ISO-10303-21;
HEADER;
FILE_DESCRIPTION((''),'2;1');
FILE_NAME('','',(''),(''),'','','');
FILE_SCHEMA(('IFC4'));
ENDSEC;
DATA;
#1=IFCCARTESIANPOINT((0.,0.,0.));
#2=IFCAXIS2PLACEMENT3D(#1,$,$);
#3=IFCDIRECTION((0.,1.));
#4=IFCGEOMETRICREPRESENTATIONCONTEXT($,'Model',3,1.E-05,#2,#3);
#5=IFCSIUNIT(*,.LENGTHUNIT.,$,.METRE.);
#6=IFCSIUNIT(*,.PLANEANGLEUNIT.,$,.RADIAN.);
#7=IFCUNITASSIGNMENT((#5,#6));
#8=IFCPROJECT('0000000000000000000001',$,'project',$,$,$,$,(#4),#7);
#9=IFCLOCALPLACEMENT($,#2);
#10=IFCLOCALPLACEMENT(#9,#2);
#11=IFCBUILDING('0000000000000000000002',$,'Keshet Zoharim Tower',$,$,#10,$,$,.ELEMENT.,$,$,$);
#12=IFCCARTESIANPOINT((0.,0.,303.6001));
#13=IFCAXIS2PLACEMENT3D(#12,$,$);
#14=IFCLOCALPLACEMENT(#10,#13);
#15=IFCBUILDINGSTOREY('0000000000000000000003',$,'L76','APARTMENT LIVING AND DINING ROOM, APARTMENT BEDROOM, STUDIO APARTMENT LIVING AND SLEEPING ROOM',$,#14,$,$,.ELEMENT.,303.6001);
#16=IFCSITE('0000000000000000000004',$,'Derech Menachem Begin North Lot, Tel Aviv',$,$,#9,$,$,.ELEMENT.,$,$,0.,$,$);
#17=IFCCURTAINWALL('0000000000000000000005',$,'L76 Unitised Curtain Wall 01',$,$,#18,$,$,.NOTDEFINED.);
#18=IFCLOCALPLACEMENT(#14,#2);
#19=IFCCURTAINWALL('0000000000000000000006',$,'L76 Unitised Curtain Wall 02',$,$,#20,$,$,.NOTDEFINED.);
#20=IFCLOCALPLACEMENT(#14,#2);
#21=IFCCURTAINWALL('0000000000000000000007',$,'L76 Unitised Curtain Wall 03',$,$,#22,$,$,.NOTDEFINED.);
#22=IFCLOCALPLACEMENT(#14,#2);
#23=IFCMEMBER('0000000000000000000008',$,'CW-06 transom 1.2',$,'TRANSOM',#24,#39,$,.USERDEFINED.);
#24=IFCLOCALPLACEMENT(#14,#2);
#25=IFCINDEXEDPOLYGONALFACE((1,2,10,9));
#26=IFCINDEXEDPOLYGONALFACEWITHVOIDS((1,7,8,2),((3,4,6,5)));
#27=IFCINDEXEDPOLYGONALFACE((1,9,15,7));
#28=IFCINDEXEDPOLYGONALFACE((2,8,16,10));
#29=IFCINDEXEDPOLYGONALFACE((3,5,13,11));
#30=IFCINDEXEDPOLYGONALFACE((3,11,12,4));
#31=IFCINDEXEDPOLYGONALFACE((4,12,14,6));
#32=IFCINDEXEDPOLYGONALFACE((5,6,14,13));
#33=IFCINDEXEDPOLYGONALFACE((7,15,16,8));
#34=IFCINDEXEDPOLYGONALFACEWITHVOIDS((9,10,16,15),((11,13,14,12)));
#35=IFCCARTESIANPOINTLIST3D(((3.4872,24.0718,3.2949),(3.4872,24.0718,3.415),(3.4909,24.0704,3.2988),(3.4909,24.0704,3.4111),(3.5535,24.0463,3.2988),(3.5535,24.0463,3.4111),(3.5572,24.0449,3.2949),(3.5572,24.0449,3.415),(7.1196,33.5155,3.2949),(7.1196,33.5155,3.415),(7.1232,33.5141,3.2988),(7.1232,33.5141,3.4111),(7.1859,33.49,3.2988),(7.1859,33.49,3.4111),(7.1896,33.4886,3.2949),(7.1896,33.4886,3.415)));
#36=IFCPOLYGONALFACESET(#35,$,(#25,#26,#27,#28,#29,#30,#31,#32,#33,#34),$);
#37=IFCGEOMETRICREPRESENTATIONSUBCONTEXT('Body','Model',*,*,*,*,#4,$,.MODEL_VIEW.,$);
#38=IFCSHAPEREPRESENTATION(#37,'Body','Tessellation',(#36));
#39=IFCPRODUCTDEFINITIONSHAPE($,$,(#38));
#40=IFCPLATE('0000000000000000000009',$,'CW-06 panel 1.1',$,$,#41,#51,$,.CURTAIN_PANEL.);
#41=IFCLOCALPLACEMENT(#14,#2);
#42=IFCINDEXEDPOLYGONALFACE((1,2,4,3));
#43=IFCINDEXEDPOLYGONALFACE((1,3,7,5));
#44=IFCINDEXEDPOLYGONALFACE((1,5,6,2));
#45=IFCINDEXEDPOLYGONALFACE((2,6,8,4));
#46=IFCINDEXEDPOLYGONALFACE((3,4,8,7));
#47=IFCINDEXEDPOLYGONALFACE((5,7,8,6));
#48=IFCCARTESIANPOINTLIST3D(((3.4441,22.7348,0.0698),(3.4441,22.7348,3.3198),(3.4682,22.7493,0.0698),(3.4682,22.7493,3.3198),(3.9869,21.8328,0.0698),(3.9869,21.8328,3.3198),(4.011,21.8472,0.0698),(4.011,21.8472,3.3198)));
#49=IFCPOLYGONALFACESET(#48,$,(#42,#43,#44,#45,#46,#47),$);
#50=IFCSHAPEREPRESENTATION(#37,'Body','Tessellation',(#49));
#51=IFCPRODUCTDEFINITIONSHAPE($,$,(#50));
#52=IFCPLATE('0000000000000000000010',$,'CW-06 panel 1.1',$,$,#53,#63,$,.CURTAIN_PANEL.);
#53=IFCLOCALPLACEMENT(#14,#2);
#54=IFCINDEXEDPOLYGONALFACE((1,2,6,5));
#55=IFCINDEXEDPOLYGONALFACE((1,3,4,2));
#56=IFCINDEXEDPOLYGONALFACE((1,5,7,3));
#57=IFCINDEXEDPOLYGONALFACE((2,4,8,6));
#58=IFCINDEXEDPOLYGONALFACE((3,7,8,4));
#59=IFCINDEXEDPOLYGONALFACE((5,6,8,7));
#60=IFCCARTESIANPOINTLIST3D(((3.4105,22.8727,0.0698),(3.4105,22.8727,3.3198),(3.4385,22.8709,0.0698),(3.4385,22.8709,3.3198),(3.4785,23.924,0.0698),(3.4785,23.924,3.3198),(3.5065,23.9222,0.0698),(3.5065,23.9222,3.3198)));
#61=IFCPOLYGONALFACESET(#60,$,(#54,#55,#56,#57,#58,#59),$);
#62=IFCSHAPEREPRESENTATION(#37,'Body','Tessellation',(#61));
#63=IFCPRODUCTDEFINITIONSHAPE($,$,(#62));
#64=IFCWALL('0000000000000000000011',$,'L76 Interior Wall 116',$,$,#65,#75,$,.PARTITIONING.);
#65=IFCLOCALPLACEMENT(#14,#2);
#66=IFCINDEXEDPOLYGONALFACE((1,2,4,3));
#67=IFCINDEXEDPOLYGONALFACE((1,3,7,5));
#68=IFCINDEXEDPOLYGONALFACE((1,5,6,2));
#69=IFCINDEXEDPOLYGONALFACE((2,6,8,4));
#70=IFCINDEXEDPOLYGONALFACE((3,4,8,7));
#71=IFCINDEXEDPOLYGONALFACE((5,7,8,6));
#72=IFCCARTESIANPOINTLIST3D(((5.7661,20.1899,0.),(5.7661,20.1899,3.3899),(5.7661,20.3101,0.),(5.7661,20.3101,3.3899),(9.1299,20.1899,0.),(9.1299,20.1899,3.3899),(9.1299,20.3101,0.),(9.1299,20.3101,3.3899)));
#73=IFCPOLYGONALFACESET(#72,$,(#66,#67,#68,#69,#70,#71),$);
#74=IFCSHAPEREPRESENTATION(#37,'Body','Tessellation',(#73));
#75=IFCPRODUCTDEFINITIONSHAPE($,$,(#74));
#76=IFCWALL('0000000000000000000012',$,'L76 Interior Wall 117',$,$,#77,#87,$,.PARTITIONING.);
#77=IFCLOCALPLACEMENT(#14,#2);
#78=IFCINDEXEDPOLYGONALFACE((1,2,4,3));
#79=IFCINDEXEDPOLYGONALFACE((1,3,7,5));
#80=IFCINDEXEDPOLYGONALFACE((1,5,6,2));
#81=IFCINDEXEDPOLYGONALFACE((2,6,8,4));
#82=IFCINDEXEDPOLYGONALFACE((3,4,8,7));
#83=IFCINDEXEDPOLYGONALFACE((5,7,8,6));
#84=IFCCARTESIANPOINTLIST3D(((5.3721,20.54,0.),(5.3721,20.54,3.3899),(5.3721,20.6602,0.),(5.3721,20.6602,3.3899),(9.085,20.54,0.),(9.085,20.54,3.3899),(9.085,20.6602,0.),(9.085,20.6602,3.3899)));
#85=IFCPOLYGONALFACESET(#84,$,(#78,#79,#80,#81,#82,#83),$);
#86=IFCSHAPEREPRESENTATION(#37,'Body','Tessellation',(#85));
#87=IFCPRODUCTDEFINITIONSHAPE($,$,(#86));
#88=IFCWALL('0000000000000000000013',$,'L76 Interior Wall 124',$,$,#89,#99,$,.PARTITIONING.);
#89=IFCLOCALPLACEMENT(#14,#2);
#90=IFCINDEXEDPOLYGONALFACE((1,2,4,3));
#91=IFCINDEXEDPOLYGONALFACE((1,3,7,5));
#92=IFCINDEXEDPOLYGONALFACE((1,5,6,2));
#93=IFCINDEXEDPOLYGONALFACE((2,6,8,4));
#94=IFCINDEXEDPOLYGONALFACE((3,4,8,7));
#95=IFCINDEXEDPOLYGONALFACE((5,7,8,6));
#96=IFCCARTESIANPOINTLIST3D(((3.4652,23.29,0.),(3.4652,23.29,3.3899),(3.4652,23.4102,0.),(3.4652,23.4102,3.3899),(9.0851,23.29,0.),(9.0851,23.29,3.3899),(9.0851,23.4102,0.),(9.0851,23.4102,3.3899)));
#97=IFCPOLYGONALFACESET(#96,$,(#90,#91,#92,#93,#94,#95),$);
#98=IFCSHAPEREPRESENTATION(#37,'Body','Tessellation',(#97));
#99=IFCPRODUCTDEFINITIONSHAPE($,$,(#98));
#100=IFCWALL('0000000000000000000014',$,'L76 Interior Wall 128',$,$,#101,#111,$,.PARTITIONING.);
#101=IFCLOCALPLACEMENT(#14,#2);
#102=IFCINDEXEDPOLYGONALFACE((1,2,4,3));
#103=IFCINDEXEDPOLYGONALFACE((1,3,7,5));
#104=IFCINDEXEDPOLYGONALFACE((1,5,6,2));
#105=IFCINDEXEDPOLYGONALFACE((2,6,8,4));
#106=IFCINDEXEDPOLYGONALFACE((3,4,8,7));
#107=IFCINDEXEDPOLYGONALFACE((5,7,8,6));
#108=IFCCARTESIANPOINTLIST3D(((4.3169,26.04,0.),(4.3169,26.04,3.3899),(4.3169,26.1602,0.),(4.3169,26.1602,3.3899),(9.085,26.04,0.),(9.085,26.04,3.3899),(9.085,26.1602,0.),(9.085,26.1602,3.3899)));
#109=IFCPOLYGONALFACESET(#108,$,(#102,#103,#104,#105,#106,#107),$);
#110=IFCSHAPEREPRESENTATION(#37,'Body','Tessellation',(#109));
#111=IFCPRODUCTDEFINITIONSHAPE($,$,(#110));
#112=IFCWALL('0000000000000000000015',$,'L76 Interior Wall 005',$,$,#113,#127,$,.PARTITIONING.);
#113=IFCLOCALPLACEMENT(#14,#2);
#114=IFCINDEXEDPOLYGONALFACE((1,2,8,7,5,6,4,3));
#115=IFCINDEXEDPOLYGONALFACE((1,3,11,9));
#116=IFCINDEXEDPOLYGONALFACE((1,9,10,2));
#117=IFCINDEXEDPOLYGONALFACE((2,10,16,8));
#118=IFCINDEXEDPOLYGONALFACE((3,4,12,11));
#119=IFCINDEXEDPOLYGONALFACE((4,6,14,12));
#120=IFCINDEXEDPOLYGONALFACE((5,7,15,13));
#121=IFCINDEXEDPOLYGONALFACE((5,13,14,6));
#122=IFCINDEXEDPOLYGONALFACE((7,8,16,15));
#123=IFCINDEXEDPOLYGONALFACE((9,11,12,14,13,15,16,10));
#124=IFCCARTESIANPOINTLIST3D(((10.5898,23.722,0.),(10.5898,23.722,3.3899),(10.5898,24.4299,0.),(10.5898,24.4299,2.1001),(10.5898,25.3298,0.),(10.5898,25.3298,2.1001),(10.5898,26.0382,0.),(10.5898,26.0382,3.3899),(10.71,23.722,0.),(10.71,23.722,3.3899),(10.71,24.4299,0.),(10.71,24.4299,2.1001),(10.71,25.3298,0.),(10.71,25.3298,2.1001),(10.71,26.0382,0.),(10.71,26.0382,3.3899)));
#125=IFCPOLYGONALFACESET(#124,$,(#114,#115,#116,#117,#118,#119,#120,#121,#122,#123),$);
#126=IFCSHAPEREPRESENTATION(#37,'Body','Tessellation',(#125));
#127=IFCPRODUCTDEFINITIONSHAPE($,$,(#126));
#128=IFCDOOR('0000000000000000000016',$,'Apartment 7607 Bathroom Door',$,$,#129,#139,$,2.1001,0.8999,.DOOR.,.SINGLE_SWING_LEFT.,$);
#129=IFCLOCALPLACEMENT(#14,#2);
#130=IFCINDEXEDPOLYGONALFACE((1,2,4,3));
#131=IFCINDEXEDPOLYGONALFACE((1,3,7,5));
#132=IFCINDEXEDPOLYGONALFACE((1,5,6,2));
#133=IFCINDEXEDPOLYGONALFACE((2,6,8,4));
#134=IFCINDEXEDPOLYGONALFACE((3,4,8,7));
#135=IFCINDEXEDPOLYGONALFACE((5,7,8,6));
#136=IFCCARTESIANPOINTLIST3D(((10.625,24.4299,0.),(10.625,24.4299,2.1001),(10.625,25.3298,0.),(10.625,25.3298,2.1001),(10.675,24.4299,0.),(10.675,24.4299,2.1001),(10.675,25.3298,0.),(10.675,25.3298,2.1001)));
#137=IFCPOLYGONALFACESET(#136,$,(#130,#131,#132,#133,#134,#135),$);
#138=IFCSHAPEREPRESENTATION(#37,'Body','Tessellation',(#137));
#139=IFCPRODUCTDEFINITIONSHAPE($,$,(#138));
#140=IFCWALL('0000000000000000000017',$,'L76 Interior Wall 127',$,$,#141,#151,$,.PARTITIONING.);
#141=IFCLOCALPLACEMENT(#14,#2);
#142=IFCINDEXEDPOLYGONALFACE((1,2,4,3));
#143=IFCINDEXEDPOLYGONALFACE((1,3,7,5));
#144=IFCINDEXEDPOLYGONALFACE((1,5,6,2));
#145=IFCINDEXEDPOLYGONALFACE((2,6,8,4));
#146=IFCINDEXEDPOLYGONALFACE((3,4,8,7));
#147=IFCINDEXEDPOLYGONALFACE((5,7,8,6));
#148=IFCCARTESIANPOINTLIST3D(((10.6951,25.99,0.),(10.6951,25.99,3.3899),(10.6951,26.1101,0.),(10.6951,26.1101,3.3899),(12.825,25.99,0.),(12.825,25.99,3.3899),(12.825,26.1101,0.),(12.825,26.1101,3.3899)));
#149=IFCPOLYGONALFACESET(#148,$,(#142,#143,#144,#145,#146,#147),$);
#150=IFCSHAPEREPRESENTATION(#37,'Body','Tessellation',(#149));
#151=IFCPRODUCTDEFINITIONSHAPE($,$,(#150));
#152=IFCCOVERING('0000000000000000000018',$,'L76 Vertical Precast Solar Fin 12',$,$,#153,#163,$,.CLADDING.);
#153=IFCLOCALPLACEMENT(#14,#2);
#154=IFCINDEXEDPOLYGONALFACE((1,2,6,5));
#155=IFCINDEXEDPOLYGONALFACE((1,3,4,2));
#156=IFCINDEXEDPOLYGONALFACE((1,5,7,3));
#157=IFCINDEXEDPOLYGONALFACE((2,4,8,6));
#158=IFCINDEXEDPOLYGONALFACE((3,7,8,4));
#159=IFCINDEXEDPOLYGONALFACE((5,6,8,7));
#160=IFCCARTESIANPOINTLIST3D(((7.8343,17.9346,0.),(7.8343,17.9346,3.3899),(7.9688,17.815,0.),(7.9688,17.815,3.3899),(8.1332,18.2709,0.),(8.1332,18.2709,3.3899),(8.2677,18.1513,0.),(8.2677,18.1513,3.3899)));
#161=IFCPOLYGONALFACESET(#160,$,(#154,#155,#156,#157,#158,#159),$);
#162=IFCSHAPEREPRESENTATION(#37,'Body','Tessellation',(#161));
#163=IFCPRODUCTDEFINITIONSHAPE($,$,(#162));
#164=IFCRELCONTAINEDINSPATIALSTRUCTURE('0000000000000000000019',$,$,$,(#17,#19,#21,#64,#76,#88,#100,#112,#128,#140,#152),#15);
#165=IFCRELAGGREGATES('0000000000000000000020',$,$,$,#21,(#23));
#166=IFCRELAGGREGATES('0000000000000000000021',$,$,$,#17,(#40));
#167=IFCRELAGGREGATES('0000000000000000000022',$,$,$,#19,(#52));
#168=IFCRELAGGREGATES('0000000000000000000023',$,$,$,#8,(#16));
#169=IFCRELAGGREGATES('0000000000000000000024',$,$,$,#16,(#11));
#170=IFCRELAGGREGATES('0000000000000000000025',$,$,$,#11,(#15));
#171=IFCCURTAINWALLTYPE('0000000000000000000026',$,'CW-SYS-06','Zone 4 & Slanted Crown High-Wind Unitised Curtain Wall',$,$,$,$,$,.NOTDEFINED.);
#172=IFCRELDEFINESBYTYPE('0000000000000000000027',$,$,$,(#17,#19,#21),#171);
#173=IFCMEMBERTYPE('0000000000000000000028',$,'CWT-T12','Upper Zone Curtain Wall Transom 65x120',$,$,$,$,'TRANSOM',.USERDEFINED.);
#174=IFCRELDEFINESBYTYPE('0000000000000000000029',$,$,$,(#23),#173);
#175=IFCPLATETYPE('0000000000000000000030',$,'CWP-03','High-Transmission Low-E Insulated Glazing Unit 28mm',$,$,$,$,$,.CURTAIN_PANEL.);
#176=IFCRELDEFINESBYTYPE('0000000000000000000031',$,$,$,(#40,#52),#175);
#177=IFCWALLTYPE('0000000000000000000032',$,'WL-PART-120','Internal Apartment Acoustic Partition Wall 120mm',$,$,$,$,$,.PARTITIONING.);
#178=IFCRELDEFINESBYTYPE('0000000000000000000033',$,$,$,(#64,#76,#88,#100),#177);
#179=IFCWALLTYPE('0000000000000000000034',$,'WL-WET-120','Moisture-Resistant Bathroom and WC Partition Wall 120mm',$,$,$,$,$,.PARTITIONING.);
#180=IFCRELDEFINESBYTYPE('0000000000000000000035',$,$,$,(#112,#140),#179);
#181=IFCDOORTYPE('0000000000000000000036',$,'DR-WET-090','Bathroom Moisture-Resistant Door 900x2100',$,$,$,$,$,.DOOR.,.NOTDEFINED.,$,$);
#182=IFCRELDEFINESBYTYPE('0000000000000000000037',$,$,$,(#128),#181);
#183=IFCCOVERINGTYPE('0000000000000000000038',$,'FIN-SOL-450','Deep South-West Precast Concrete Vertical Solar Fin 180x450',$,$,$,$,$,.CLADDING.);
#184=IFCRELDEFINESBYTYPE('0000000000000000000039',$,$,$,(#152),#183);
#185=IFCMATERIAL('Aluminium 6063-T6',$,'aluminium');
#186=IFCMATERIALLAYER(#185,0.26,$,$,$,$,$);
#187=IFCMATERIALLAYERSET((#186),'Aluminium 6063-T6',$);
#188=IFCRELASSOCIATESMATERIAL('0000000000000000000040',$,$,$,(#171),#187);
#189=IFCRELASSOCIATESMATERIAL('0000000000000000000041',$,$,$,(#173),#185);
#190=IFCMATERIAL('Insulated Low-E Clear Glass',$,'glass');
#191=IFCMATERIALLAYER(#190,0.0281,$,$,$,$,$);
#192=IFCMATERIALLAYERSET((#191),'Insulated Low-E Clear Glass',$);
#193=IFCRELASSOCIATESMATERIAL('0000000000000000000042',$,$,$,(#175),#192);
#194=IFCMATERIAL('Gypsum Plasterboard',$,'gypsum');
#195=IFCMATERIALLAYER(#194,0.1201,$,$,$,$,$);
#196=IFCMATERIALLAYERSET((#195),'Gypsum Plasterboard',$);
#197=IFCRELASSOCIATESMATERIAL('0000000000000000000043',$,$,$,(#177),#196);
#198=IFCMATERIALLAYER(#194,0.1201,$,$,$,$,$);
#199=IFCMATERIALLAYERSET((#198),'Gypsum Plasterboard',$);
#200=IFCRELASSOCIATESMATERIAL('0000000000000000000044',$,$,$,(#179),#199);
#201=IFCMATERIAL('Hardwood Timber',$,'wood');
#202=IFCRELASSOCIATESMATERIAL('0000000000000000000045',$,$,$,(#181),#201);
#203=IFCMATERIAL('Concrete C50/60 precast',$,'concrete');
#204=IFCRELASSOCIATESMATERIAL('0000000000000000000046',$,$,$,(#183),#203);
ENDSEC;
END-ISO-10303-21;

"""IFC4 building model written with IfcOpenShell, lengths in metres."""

from ifc_helpers import new_model, si_unit, direction, frame, frame_2d, origin, origin_2d, place, context, subcontext, project, spatial, rectangle, hollow_rectangle, extrude, material, layer, layer_set, material_profile, profile_set, type_object, element, fill, aggregate, save


model = new_model("IFC4")

# Units and contexts
model_context = context("Model", 3, precision=1e-05, world=origin(), true_north=direction((0.0, 1.0)))
body_context = subcontext(model_context, "Body", "Model", "MODEL_VIEW")
ifc_project = project(units=[si_unit("LENGTHUNIT", "METRE"), si_unit("PLANEANGLEUNIT", "RADIAN")], contexts=[model_context])

# Site, building, storey
site_placement = place(None, origin())
site = spatial("IfcSite", under=ifc_project, at=site_placement, Name="Derech Menachem Begin North Lot, Tel Aviv", CompositionType="ELEMENT", RefElevation=0.0)
building_placement = place(site_placement, origin())
building = spatial("IfcBuilding", under=site, at=building_placement, Name="Keshet Zoharim Tower", CompositionType="ELEMENT")
storey_placement = place(building_placement, frame((0.0, 0.0, 303.6001)))
storey = spatial("IfcBuildingStorey", under=building, at=storey_placement, Name="L76", Description="APARTMENT LIVING AND DINING ROOM, APARTMENT BEDROOM, STUDIO APARTMENT LIVING AND SLEEPING ROOM", CompositionType="ELEMENT", Elevation=303.6001)

# Curtain walls
ifc_material_1 = material(Name="Aluminium 6063-T6", Category="aluminium")
ifc_layer_1 = layer(ifc_material_1, 0.26)
ifc_layer_set_1 = layer_set([ifc_layer_1], Name="Aluminium 6063-T6")
curtain_wall_type = type_object("IfcCurtainWallType", Name="CW-SYS-06", Description="Zone 4 & Slanted Crown High-Wind Unitised Curtain Wall", PredefinedType="NOTDEFINED", material=ifc_layer_set_1)
curtain_wall_1_placement = place(storey_placement, origin())
curtain_wall_1 = element("IfcCurtainWall", 1, at=curtain_wall_1_placement, inside=storey, type_object=curtain_wall_type, Name="L76 Unitised Curtain Wall 01", PredefinedType="NOTDEFINED")
curtain_wall_2_placement = place(storey_placement, origin())
curtain_wall_2 = element("IfcCurtainWall", 2, at=curtain_wall_2_placement, inside=storey, type_object=curtain_wall_type, Name="L76 Unitised Curtain Wall 02", PredefinedType="NOTDEFINED")

# Curtain wall
curtain_wall_3_placement = place(storey_placement, origin())
curtain_wall_3 = element("IfcCurtainWall", 3, at=curtain_wall_3_placement, inside=storey, type_object=curtain_wall_type, Name="L76 Unitised Curtain Wall 03", PredefinedType="NOTDEFINED")

# Member
ifc_material_profile_1 = material_profile(ifc_material_1, hollow_rectangle(XDim=0.075, YDim=0.1201, WallThickness=0.0039, at=origin_2d()), Name="TRN-75x120")
ifc_profile_set_1 = profile_set([ifc_material_profile_1], Name="Aluminium 6063-T6")
member_type_1 = type_object("IfcMemberType", Name="CWT-T12", Description="Upper Zone Curtain Wall Transom 65x120", ElementType="TRANSOM", PredefinedType="USERDEFINED", material=ifc_profile_set_1)
member_1_placement = place(storey_placement, frame((3.5222, 24.0583, 3.355), z_axis=(0.358994, 0.93334, 0.0), x_axis=(-0.93334, 0.358994, 0.0)))
member_1 = element("IfcMember", 4, at=member_1_placement, type_object=member_type_1, Name="CW-06 transom 1.2", ObjectType="TRANSOM", PredefinedType="USERDEFINED", context=body_context, shape_type="SweptSolid", body=[
    extrude(hollow_rectangle(XDim=0.075, YDim=0.1201, WallThickness=0.0039, at=origin_2d()), origin(), (0.0, 0.0, 1.0), 10.1182),
])
aggregate(curtain_wall_3, [member_1])

# Plates
ifc_material_2 = material(Name="Insulated Low-E Clear Glass", Category="glass")
ifc_layer_2 = layer(ifc_material_2, 0.0281)
ifc_layer_set_2 = layer_set([ifc_layer_2], Name="Insulated Low-E Clear Glass")
plate_type = type_object("IfcPlateType", Name="CWP-03", Description="High-Transmission Low-E Insulated Glazing Unit 28mm", PredefinedType="CURTAIN_PANEL", material=ifc_layer_set_2)
plate_1_placement = place(storey_placement, frame((3.7275, 22.291, 0.0698), z_axis=(0.0, 0.0, 1.0), x_axis=(-0.515605, 0.856826, 0.0)))
plate_1 = element("IfcPlate", 5, at=plate_1_placement, type_object=plate_type, Name="CW-06 panel 1.1", PredefinedType="CURTAIN_PANEL", context=body_context, shape_type="SweptSolid", body=[
    extrude(rectangle(XDim=1.0527, YDim=0.0281, at=origin_2d()), origin(), (0.0, 0.0, 1.0), 3.25),
])
aggregate(curtain_wall_1, [plate_1])
plate_2_placement = place(storey_placement, frame((3.4585, 23.3975, 0.0698), z_axis=(0.0, 0.0, 1.0), x_axis=(0.064517, 0.997917, 0.0)))
plate_2 = element("IfcPlate", 6, at=plate_2_placement, type_object=plate_type, Name="CW-06 panel 1.1", PredefinedType="CURTAIN_PANEL", context=body_context, shape_type="SweptSolid", body=[
    extrude(rectangle(XDim=1.0535, YDim=0.0281, at=origin_2d()), origin(), (0.0, 0.0, 1.0), 3.25),
])
aggregate(curtain_wall_2, [plate_2])

# Shared definitions
ifc_material_3 = material(Name="Hardwood Timber", Category="wood")

# Shared definitions
ifc_material_4 = material(Name="Gypsum Plasterboard", Category="gypsum")
ifc_layer_3 = layer(ifc_material_4, 0.1201)
ifc_layer_set_3 = layer_set([ifc_layer_3], Name="Gypsum Plasterboard")
wall_type_1 = type_object("IfcWallType", Name="WL-PART-120", Description="Internal Apartment Acoustic Partition Wall 120mm", PredefinedType="PARTITIONING", material=ifc_layer_set_3)

# Walls
wall_1_placement = place(storey_placement, frame((5.7661, 20.25, 0.0), z_axis=(0.0, 0.0, 1.0), x_axis=(1.0, 0.0, 0.0)))
element("IfcWall", 7, at=wall_1_placement, inside=storey, type_object=wall_type_1, Name="L76 Interior Wall 116", PredefinedType="PARTITIONING", context=body_context, shape_type="SweptSolid", body=[
    extrude(rectangle(XDim=3.3638, YDim=0.1201, at=frame_2d((1.6819, 0.0))), origin(), (0.0, 0.0, 1.0), 3.3899),
])
wall_2_placement = place(storey_placement, frame((5.3721, 20.6001, 0.0), z_axis=(0.0, 0.0, 1.0), x_axis=(1.0, 0.0, 0.0)))
element("IfcWall", 8, at=wall_2_placement, inside=storey, type_object=wall_type_1, Name="L76 Interior Wall 117", PredefinedType="PARTITIONING", context=body_context, shape_type="SweptSolid", body=[
    extrude(rectangle(XDim=3.7129, YDim=0.1201, at=frame_2d((1.8564, 0.0))), origin(), (0.0, 0.0, 1.0), 3.3899),
])
wall_3_placement = place(storey_placement, frame((3.4651, 23.3501, 0.0), z_axis=(0.0, 0.0, 1.0), x_axis=(1.0, 0.0, 0.0)))
element("IfcWall", 9, at=wall_3_placement, inside=storey, type_object=wall_type_1, Name="L76 Interior Wall 124", PredefinedType="PARTITIONING", context=body_context, shape_type="SweptSolid", body=[
    extrude(rectangle(XDim=5.6199, YDim=0.1201, at=frame_2d((2.8101, 0.0))), origin(), (0.0, 0.0, 1.0), 3.3899),
])
wall_4_placement = place(storey_placement, frame((4.3169, 26.1001, 0.0), z_axis=(0.0, 0.0, 1.0), x_axis=(1.0, 0.0, 0.0)))
element("IfcWall", 10, at=wall_4_placement, inside=storey, type_object=wall_type_1, Name="L76 Interior Wall 128", PredefinedType="PARTITIONING", context=body_context, shape_type="SweptSolid", body=[
    extrude(rectangle(XDim=4.7681, YDim=0.1201, at=frame_2d((2.384, 0.0))), origin(), (0.0, 0.0, 1.0), 3.3899),
])

# Wall, opening, door
ifc_layer_4 = layer(ifc_material_4, 0.1201)
ifc_layer_set_4 = layer_set([ifc_layer_4], Name="Gypsum Plasterboard")
wall_type_2 = type_object("IfcWallType", Name="WL-WET-120", Description="Moisture-Resistant Bathroom and WC Partition Wall 120mm", PredefinedType="PARTITIONING", material=ifc_layer_set_4)
wall_5_placement = place(storey_placement, frame((10.6499, 23.7219, 0.0), z_axis=(0.0, 0.0, 1.0), x_axis=(0.0, 1.0, 0.0)))
wall_5 = element("IfcWall", 11, at=wall_5_placement, inside=storey, type_object=wall_type_2, Name="L76 Interior Wall 005", PredefinedType="PARTITIONING", context=body_context, shape_type="SweptSolid", body=[
    extrude(rectangle(XDim=2.3162, YDim=0.1201, at=frame_2d((1.1582, 0.0))), origin(), (0.0, 0.0, 1.0), 3.3899),
])
opening_1_placement = place(wall_5_placement, frame((0.708, 0.0, 0.0)))
opening_1 = element("IfcOpeningElement", 12, at=opening_1_placement, cuts=wall_5, PredefinedType="OPENING", context=body_context, shape_type="SweptSolid", body=[
    extrude(rectangle(XDim=0.8999, YDim=2.1001, at=frame_2d((0.45, 1.05))), frame((0.0, 0.0701, 0.0), z_axis=(0.0, -1.0, 0.0), x_axis=(1.0, 0.0, 0.0)), (0.0, 0.0, 1.0), 0.1401),
])
door_type_1 = type_object("IfcDoorType", Name="DR-WET-090", Description="Bathroom Moisture-Resistant Door 900x2100", OperationType="NOTDEFINED", PredefinedType="DOOR", material=ifc_material_3)
door_1_placement = place(opening_1_placement, origin())
door_1 = element("IfcDoor", 13, at=door_1_placement, inside=storey, type_object=door_type_1, Name="Apartment 7607 Bathroom Door", OperationType="SINGLE_SWING_LEFT", OverallHeight=2.1001, OverallWidth=0.8999, PredefinedType="DOOR", context=body_context, shape_type="SweptSolid", body=[
    extrude(rectangle(XDim=0.8999, YDim=2.1001, at=frame_2d((0.45, 1.05))), frame((0.0, 0.0249, 0.0), z_axis=(0.0, -1.0, 0.0), x_axis=(1.0, 0.0, 0.0)), (0.0, 0.0, 1.0), 0.05),
])
fill(opening_1, door_1)

# Wall
wall_6_placement = place(storey_placement, frame((10.6951, 26.05, 0.0), z_axis=(0.0, 0.0, 1.0), x_axis=(1.0, 0.0, 0.0)))
element("IfcWall", 14, at=wall_6_placement, inside=storey, type_object=wall_type_2, Name="L76 Interior Wall 127", PredefinedType="PARTITIONING", context=body_context, shape_type="SweptSolid", body=[
    extrude(rectangle(XDim=2.1299, YDim=0.1201, at=frame_2d((1.0649, 0.0))), origin(), (0.0, 0.0, 1.0), 3.3899),
])

# Covering
ifc_material_5 = material(Name="Concrete C50/60 precast", Category="concrete")
covering_type = type_object("IfcCoveringType", Name="FIN-SOL-450", Description="Deep South-West Precast Concrete Vertical Solar Fin 180x450", PredefinedType="CLADDING", material=ifc_material_5)
covering_placement = place(storey_placement, frame((8.051, 18.043, 0.0), z_axis=(0.0, 0.0, 1.0), x_axis=(-0.747412, 0.664361, 0.0)))
element("IfcCovering", 15, at=covering_placement, inside=storey, type_object=covering_type, Name="L76 Vertical Precast Solar Fin 12", PredefinedType="CLADDING", context=body_context, shape_type="SweptSolid", body=[
    extrude(rectangle(XDim=0.1799, YDim=0.45, at=origin_2d()), origin(), (0.0, 0.0, 1.0), 3.3899),
])

save(model, "model.ifc")
